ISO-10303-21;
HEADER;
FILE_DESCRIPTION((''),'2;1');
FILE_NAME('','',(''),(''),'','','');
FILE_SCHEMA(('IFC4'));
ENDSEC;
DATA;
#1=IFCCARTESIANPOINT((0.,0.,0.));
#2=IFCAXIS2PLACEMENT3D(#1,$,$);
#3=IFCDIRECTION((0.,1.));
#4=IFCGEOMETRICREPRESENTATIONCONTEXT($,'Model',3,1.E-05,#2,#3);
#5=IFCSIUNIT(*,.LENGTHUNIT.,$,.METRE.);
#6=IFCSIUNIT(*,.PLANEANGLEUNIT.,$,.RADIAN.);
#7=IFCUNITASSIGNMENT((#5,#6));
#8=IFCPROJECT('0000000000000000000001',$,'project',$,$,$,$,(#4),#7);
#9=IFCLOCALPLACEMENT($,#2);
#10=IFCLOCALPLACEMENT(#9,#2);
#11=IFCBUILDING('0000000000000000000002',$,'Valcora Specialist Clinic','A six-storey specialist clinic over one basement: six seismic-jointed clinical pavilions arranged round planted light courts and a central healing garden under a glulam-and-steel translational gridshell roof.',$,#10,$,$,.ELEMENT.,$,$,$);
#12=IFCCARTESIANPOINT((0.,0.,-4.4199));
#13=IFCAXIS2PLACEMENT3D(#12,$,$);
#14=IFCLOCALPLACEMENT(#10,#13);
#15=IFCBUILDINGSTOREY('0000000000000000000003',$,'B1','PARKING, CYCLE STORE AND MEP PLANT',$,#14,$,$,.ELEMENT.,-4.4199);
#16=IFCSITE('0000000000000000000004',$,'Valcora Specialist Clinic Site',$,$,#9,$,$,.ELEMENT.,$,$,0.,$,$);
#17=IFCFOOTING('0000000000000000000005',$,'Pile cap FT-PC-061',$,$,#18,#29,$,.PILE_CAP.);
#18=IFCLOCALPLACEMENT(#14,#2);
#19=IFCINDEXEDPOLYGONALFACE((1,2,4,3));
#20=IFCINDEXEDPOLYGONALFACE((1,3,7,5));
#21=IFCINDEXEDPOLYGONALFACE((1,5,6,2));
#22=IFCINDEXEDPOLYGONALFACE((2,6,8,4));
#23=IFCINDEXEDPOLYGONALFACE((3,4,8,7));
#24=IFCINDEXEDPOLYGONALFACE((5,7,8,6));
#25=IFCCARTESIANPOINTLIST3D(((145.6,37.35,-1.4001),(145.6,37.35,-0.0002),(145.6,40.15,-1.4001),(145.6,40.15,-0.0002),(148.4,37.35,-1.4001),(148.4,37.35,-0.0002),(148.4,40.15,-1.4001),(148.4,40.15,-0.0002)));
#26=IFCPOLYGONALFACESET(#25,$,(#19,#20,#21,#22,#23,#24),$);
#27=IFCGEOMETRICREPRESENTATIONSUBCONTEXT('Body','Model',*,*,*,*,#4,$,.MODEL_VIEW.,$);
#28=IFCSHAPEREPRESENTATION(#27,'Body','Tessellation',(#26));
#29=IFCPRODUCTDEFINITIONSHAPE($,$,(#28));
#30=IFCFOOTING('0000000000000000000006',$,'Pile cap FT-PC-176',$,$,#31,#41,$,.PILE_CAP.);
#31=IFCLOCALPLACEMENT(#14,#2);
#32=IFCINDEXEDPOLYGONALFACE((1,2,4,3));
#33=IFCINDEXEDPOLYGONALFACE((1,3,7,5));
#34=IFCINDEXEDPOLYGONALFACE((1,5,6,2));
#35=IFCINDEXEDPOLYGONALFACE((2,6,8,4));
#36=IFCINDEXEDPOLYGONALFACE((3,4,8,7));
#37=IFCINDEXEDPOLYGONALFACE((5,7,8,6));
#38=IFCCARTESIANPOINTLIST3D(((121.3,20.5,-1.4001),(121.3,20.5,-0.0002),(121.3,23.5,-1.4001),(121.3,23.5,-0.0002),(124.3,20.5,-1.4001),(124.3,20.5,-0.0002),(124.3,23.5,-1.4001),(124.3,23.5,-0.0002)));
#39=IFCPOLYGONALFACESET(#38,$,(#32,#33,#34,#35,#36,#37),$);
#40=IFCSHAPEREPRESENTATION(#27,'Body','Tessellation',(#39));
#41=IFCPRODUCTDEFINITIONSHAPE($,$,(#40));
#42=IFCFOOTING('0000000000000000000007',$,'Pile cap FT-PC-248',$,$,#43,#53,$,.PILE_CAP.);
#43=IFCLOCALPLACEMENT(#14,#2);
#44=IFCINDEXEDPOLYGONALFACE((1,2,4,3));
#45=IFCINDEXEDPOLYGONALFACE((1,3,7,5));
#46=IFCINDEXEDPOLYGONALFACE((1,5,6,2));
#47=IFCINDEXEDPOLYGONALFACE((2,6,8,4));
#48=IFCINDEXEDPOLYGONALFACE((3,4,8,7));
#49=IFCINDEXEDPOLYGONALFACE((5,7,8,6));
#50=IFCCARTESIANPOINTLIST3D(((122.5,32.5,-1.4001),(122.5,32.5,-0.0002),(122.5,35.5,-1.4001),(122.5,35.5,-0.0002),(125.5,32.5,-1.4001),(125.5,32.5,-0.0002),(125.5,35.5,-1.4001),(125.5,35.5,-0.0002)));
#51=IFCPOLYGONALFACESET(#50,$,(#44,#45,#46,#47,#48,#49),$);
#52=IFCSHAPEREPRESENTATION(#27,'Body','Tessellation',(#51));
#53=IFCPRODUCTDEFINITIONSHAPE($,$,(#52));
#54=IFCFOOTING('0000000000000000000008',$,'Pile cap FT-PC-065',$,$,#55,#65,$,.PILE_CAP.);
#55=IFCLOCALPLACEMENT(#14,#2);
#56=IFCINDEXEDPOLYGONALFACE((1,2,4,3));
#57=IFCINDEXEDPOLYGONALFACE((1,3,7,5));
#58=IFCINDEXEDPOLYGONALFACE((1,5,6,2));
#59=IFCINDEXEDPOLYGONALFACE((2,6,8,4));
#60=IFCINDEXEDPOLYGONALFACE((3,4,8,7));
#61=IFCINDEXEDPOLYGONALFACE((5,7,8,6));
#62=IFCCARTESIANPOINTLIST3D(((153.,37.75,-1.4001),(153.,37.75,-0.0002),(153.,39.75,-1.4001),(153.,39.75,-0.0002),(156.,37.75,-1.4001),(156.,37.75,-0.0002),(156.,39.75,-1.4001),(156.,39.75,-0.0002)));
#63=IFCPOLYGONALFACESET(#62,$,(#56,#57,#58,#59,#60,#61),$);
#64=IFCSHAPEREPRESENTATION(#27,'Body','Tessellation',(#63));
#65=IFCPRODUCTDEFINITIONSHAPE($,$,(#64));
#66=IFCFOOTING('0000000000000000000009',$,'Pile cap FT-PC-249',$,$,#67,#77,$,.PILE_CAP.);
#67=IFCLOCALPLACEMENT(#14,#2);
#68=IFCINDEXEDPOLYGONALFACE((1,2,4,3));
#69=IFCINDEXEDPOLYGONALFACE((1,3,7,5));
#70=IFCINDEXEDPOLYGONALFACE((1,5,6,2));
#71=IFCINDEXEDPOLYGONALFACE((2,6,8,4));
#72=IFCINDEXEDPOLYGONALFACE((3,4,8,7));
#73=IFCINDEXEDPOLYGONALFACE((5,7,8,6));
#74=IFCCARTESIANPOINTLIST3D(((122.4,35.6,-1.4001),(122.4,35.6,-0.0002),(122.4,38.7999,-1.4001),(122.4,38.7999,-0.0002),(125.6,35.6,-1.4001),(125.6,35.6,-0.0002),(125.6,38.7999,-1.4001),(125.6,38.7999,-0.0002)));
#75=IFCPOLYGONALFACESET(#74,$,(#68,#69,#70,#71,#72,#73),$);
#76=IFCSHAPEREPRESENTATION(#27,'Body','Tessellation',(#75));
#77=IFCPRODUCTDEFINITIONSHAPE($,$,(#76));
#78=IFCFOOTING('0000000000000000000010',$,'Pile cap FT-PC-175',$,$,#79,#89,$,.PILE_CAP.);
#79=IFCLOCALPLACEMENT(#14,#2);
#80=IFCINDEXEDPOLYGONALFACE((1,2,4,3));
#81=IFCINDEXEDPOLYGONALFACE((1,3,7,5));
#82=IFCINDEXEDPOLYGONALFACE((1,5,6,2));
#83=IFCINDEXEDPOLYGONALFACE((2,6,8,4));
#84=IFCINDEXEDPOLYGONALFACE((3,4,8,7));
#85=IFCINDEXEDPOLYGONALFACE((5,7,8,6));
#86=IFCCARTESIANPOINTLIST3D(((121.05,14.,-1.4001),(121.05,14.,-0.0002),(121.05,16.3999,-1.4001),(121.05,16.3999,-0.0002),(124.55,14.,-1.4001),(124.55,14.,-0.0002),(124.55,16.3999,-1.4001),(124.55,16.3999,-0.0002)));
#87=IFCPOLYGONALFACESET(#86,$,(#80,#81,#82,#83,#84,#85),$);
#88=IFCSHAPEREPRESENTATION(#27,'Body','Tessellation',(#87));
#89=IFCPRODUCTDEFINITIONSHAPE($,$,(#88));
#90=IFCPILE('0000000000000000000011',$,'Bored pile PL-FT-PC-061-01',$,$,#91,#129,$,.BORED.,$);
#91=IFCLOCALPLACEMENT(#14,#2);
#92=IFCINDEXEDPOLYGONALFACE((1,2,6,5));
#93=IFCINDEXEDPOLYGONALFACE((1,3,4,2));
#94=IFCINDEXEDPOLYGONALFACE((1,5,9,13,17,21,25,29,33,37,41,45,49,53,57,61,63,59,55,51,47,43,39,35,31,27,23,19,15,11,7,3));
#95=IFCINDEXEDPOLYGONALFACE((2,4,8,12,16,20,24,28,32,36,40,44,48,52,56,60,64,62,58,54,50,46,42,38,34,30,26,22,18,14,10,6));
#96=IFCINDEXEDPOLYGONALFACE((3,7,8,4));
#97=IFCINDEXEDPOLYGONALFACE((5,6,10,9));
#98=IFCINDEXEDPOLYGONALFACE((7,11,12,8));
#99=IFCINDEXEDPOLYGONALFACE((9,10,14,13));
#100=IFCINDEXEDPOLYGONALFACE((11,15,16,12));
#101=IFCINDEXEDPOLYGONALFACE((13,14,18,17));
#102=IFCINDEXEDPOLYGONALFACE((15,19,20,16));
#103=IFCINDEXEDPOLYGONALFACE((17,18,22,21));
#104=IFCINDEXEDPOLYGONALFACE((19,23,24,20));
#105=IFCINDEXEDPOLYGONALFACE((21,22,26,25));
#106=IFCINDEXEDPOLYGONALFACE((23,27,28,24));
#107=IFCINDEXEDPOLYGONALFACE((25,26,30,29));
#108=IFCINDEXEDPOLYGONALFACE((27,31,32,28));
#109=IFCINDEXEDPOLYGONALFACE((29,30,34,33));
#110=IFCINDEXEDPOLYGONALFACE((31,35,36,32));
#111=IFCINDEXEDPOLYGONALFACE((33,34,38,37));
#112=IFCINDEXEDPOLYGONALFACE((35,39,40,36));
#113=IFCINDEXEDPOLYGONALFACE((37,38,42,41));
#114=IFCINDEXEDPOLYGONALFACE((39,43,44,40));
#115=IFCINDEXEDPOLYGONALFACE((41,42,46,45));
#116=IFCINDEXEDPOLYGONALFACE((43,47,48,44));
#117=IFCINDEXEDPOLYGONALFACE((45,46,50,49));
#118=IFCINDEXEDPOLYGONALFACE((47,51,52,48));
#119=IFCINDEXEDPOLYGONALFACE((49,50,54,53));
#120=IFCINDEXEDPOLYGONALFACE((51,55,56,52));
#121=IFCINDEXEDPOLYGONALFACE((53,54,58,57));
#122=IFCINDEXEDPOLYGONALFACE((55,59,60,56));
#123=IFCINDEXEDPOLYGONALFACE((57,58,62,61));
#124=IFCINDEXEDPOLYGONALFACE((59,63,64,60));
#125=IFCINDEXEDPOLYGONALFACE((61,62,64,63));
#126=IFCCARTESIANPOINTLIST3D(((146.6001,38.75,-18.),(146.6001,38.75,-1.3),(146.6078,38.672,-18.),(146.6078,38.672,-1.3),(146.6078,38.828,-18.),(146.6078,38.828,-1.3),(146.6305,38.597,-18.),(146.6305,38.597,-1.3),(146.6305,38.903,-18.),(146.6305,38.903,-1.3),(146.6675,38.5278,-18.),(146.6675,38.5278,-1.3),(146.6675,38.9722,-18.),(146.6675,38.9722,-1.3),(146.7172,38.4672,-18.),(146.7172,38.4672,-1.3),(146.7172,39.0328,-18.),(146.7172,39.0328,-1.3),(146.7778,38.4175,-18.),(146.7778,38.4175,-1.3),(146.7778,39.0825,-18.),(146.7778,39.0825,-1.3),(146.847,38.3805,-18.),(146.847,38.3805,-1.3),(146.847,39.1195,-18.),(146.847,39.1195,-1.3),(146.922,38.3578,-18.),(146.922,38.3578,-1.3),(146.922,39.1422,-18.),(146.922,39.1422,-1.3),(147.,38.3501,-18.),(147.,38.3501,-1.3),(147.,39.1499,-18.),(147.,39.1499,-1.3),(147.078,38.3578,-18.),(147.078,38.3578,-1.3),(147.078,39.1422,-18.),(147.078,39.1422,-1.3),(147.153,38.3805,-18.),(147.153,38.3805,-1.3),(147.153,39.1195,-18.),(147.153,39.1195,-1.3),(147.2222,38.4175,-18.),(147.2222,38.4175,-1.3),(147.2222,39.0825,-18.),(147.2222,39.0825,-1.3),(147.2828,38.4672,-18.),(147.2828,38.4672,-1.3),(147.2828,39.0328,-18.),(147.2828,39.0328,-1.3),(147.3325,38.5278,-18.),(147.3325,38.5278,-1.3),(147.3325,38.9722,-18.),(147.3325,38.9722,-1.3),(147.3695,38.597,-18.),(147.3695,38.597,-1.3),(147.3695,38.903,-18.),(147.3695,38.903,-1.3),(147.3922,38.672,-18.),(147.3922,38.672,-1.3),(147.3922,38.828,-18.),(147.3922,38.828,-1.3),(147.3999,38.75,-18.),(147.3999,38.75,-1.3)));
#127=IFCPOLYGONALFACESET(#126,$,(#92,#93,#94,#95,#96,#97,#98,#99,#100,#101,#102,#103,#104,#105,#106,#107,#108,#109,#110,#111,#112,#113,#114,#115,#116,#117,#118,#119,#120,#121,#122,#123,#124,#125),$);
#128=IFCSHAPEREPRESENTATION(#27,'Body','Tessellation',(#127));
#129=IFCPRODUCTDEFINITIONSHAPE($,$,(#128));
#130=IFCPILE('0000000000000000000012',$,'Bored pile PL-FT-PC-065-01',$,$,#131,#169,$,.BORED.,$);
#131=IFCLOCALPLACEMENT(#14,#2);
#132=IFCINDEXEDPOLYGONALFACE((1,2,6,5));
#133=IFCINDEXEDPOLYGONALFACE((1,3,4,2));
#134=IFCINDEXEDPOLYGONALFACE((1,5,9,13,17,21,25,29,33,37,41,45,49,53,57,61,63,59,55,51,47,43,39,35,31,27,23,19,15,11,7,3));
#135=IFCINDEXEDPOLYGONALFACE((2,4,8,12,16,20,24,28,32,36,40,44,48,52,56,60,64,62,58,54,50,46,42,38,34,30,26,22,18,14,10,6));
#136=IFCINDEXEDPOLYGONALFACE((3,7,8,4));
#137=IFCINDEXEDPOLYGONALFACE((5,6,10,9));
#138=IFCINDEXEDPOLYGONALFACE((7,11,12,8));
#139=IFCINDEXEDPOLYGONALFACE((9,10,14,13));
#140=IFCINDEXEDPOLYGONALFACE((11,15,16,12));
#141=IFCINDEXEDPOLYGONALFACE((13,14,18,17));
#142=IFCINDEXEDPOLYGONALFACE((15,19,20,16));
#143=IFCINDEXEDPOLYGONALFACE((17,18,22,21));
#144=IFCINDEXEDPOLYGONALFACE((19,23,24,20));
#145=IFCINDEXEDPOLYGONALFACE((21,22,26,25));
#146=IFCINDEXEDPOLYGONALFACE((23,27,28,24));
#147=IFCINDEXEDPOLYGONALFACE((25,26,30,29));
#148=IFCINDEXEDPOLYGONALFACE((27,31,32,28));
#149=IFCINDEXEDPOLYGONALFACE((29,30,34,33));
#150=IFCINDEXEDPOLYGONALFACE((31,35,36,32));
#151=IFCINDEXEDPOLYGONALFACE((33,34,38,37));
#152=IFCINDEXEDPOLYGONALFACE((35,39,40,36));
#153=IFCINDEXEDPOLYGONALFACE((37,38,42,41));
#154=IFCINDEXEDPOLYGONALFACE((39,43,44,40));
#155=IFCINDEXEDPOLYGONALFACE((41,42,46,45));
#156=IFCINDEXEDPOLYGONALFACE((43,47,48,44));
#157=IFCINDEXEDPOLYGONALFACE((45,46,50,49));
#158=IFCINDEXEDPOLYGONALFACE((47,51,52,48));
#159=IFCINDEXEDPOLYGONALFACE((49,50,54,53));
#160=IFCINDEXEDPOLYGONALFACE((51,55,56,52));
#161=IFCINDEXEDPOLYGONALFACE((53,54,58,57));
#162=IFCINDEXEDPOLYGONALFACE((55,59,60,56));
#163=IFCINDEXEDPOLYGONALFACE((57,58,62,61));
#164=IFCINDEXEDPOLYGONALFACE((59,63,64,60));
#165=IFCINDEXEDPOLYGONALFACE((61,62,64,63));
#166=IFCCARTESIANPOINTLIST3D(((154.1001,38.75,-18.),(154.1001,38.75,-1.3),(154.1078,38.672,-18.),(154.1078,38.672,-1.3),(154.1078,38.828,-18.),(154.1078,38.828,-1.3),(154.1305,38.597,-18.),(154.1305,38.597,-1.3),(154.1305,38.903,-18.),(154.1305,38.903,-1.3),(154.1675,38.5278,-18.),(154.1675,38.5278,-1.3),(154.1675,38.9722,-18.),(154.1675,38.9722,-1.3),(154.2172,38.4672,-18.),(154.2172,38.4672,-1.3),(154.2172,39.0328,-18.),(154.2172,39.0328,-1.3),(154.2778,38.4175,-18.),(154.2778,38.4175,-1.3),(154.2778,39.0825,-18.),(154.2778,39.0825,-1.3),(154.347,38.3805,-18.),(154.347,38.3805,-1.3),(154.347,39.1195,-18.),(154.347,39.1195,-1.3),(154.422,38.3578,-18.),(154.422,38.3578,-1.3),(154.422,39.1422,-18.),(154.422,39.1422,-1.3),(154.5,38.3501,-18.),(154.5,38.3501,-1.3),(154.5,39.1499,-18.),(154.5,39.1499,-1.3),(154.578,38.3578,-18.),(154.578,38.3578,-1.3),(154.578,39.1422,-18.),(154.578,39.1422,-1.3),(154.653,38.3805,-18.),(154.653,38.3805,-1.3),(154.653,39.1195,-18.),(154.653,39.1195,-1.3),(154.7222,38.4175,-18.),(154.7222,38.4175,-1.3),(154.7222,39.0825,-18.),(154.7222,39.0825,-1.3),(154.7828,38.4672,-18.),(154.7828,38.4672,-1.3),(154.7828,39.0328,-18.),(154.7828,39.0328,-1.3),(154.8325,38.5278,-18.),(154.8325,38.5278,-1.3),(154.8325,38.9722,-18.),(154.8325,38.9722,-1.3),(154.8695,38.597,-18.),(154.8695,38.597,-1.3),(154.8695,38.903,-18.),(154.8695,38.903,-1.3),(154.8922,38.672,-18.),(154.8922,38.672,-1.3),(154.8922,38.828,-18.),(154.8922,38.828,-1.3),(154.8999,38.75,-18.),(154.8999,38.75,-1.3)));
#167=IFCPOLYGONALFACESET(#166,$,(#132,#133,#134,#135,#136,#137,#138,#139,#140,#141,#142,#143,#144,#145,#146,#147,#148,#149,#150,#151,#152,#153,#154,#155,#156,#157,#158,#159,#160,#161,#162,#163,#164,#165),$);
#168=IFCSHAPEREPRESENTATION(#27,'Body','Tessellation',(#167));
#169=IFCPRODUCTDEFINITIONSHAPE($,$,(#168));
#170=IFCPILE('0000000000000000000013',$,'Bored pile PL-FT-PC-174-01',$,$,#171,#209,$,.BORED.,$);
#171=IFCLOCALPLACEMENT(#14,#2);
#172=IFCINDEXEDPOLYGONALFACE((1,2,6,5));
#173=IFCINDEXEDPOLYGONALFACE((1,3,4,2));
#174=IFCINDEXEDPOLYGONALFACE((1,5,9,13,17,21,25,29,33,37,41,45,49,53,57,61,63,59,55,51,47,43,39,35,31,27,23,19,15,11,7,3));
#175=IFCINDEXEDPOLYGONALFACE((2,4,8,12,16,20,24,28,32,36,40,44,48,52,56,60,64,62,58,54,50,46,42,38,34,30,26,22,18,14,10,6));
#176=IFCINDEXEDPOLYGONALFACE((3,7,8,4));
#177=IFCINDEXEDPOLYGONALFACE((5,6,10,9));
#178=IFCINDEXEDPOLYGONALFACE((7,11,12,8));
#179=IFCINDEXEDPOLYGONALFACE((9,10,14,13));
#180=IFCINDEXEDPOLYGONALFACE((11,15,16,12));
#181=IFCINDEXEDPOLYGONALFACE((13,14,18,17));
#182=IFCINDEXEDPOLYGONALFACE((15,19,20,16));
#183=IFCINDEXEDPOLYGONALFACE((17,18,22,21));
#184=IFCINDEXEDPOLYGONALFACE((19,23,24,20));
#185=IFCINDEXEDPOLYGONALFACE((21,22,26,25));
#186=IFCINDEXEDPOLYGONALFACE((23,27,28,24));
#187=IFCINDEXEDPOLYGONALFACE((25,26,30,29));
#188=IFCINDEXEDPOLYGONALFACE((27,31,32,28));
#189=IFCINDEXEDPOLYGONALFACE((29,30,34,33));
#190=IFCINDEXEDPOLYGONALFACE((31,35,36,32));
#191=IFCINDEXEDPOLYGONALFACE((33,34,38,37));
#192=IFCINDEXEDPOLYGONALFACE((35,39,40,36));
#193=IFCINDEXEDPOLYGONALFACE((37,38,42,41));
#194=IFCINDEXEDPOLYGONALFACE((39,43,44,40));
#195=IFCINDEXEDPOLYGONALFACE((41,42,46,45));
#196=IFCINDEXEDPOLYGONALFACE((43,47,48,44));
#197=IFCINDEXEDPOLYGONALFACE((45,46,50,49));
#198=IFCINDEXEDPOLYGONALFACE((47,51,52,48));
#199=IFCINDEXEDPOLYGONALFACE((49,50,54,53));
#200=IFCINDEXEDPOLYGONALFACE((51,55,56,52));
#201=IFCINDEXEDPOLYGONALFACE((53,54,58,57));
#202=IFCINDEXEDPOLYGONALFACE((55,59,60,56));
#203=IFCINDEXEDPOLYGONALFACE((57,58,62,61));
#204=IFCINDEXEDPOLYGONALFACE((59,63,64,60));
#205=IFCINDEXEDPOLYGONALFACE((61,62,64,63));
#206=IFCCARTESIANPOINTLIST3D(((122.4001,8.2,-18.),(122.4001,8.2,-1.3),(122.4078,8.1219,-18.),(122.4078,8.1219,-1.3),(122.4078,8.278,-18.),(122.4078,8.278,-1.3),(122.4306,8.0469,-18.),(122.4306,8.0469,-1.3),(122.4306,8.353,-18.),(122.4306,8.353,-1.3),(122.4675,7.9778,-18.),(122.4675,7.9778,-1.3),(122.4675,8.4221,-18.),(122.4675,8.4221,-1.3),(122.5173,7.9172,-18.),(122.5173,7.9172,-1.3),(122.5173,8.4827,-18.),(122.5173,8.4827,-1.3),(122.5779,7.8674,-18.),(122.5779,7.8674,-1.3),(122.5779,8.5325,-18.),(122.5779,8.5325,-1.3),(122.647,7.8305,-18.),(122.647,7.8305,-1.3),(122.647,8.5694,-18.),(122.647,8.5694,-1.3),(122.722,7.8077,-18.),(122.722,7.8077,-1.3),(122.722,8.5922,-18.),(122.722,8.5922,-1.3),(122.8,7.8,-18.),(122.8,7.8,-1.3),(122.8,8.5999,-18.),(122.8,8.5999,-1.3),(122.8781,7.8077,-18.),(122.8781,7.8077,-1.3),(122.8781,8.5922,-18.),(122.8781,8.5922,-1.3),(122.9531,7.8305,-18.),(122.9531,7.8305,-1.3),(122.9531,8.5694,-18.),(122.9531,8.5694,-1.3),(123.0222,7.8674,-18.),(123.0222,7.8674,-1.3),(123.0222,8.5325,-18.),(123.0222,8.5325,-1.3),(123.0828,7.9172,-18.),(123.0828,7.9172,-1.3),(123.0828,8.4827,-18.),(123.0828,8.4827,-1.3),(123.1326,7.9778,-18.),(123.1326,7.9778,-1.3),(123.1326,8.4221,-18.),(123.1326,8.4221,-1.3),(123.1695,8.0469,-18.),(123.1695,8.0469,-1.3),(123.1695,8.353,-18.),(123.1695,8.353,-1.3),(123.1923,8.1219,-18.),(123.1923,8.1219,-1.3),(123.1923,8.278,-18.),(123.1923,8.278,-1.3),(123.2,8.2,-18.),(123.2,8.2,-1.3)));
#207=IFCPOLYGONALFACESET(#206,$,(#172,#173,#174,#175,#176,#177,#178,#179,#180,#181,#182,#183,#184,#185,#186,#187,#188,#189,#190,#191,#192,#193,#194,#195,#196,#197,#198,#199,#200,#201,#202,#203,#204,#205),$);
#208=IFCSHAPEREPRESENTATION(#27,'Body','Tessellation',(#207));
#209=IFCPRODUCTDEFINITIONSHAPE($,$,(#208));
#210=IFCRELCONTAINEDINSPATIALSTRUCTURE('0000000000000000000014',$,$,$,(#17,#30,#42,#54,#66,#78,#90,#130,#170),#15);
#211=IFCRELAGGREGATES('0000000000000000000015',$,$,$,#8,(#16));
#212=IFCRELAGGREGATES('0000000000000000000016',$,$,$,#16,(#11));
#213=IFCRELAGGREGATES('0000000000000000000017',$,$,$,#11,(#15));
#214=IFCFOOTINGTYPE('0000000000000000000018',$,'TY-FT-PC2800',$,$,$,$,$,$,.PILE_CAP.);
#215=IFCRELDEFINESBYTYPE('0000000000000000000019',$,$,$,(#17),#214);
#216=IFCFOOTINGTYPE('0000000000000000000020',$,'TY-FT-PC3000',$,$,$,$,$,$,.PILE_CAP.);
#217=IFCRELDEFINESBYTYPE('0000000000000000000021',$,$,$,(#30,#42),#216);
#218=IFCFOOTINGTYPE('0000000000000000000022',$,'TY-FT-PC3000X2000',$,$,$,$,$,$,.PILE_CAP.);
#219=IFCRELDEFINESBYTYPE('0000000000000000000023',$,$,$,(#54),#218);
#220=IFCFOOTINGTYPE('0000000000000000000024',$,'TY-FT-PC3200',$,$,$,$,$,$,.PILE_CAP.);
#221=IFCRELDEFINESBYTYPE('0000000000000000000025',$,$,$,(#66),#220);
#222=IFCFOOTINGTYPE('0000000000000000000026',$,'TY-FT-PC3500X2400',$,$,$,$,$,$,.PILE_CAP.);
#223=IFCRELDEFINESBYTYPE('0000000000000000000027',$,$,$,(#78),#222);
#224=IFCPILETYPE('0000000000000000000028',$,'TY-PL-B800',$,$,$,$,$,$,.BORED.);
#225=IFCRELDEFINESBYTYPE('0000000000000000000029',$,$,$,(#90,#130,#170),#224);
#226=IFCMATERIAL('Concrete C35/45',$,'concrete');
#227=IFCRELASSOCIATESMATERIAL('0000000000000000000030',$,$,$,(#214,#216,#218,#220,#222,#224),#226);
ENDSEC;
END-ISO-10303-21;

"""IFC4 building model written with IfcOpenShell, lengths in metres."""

from ifc_helpers import new_model, si_unit, direction, frame, origin, origin_2d, place, context, subcontext, project, spatial, rectangle, circle, extrude, material, material_profile, profile_set, type_object, element, save


model = new_model("IFC4")

# Units and contexts
model_context = context("Model", 3, precision=1e-05, world=origin(), true_north=direction((0.0, 1.0)))
body_context = subcontext(model_context, "Body", "Model", "MODEL_VIEW")
ifc_project = project(units=[si_unit("LENGTHUNIT", "METRE"), si_unit("PLANEANGLEUNIT", "RADIAN")], contexts=[model_context])

# Site, building, storey
site_placement = place(None, origin())
site = spatial("IfcSite", under=ifc_project, at=site_placement, Name="Valcora Specialist Clinic Site", CompositionType="ELEMENT", RefElevation=0.0)
building_placement = place(site_placement, origin())
building = spatial("IfcBuilding", under=site, at=building_placement, Name="Valcora Specialist Clinic", Description="A six-storey specialist clinic over one basement: six seismic-jointed clinical pavilions arranged round planted light courts and a central healing garden under a glulam-and-steel translational gridshell roof.", CompositionType="ELEMENT")
storey_placement = place(building_placement, frame((0.0, 0.0, -4.4199)))
storey = spatial("IfcBuildingStorey", under=building, at=storey_placement, Name="B1", Description="PARKING, CYCLE STORE AND MEP PLANT", CompositionType="ELEMENT", Elevation=-4.4199)

# Footings
ifc_material_1 = material(Name="Concrete C35/45", Category="concrete")
footing_type_1 = type_object("IfcFootingType", Name="TY-FT-PC2800", PredefinedType="PILE_CAP", material=ifc_material_1)
footing_1_placement = place(storey_placement, frame((147.0, 38.75, -1.4001), z_axis=(0.0, 0.0, 1.0), x_axis=(1.0, 0.0, 0.0)))
element("IfcFooting", 1, at=footing_1_placement, inside=storey, type_object=footing_type_1, Name="Pile cap FT-PC-061", PredefinedType="PILE_CAP", context=body_context, shape_type="SweptSolid", body=[
    extrude(rectangle(XDim=2.8, YDim=2.8, at=origin_2d()), origin(), (0.0, 0.0, 1.0), 1.3999),
])
footing_type_2 = type_object("IfcFootingType", Name="TY-FT-PC3000", PredefinedType="PILE_CAP", material=ifc_material_1)
for number, where, z_axis, x_axis, name in (
    (2, (122.8, 22.0, -1.4001), (0.0, 0.0, 1.0), (1.0, 0.0, 0.0), "Pile cap FT-PC-176"),
    (3, (124.0, 34.0, -1.4001), (0.0, 0.0, 1.0), (1.0, 0.0, 0.0), "Pile cap FT-PC-248"),
):
    element("IfcFooting", number, at=place(storey_placement, frame(where, z_axis=z_axis, x_axis=x_axis)), inside=storey, type_object=footing_type_2, Name=name, PredefinedType="PILE_CAP", context=body_context, shape_type="SweptSolid", body=[
        extrude(rectangle(XDim=3.0, YDim=3.0, at=origin_2d()), origin(), (0.0, 0.0, 1.0), 1.3999),
    ])
footing_type_3 = type_object("IfcFootingType", Name="TY-FT-PC3000X2000", PredefinedType="PILE_CAP", material=ifc_material_1)
footing_2_placement = place(storey_placement, frame((154.5, 38.75, -1.4001), z_axis=(0.0, 0.0, 1.0), x_axis=(1.0, 0.0, 0.0)))
element("IfcFooting", 4, at=footing_2_placement, inside=storey, type_object=footing_type_3, Name="Pile cap FT-PC-065", PredefinedType="PILE_CAP", context=body_context, shape_type="SweptSolid", body=[
    extrude(rectangle(XDim=3.0, YDim=2.0, at=origin_2d()), origin(), (0.0, 0.0, 1.0), 1.3999),
])
footing_type_4 = type_object("IfcFootingType", Name="TY-FT-PC3200", PredefinedType="PILE_CAP", material=ifc_material_1)
footing_3_placement = place(storey_placement, frame((124.0, 37.2, -1.4001), z_axis=(0.0, 0.0, 1.0), x_axis=(1.0, 0.0, 0.0)))
element("IfcFooting", 5, at=footing_3_placement, inside=storey, type_object=footing_type_4, Name="Pile cap FT-PC-249", PredefinedType="PILE_CAP", context=body_context, shape_type="SweptSolid", body=[
    extrude(rectangle(XDim=3.2, YDim=3.2, at=origin_2d()), origin(), (0.0, 0.0, 1.0), 1.3999),
])
footing_type_5 = type_object("IfcFootingType", Name="TY-FT-PC3500X2400", PredefinedType="PILE_CAP", material=ifc_material_1)
footing_4_placement = place(storey_placement, frame((122.8, 15.2, -1.4001), z_axis=(0.0, 0.0, 1.0), x_axis=(1.0, 0.0, 0.0)))
element("IfcFooting", 6, at=footing_4_placement, inside=storey, type_object=footing_type_5, Name="Pile cap FT-PC-175", PredefinedType="PILE_CAP", context=body_context, shape_type="SweptSolid", body=[
    extrude(rectangle(XDim=3.5, YDim=2.3999, at=origin_2d()), origin(), (0.0, 0.0, 1.0), 1.3999),
])

# Piles
ifc_material_profile_1 = material_profile(ifc_material_1, circle(Radius=0.3999, at=origin_2d()), Name="RC-PIL-D800")
ifc_profile_set_1 = profile_set([ifc_material_profile_1], Name="Concrete C35/45")
pile_type = type_object("IfcPileType", Name="TY-PL-B800", PredefinedType="BORED", material=ifc_profile_set_1)
for number, where, z_axis, x_axis, name in (
    (7, (147.0, 38.75, -1.3), (0.0, 0.0, -1.0), (1.0, 0.0, 0.0), "Bored pile PL-FT-PC-061-01"),
    (8, (154.5, 38.75, -1.3), (0.0, 0.0, -1.0), (1.0, 0.0, 0.0), "Bored pile PL-FT-PC-065-01"),
    (9, (122.8, 8.2, -1.3), (0.0, 0.0, -1.0), (1.0, 0.0, 0.0), "Bored pile PL-FT-PC-174-01"),
):
    element("IfcPile", number, at=place(storey_placement, frame(where, z_axis=z_axis, x_axis=x_axis)), inside=storey, type_object=pile_type, Name=name, PredefinedType="BORED", context=body_context, shape_type="SweptSolid", body=[
        extrude(circle(Radius=0.3999, at=origin_2d()), origin(), (0.0, 0.0, 1.0), 16.7),
    ])

save(model, "model.ifc")
